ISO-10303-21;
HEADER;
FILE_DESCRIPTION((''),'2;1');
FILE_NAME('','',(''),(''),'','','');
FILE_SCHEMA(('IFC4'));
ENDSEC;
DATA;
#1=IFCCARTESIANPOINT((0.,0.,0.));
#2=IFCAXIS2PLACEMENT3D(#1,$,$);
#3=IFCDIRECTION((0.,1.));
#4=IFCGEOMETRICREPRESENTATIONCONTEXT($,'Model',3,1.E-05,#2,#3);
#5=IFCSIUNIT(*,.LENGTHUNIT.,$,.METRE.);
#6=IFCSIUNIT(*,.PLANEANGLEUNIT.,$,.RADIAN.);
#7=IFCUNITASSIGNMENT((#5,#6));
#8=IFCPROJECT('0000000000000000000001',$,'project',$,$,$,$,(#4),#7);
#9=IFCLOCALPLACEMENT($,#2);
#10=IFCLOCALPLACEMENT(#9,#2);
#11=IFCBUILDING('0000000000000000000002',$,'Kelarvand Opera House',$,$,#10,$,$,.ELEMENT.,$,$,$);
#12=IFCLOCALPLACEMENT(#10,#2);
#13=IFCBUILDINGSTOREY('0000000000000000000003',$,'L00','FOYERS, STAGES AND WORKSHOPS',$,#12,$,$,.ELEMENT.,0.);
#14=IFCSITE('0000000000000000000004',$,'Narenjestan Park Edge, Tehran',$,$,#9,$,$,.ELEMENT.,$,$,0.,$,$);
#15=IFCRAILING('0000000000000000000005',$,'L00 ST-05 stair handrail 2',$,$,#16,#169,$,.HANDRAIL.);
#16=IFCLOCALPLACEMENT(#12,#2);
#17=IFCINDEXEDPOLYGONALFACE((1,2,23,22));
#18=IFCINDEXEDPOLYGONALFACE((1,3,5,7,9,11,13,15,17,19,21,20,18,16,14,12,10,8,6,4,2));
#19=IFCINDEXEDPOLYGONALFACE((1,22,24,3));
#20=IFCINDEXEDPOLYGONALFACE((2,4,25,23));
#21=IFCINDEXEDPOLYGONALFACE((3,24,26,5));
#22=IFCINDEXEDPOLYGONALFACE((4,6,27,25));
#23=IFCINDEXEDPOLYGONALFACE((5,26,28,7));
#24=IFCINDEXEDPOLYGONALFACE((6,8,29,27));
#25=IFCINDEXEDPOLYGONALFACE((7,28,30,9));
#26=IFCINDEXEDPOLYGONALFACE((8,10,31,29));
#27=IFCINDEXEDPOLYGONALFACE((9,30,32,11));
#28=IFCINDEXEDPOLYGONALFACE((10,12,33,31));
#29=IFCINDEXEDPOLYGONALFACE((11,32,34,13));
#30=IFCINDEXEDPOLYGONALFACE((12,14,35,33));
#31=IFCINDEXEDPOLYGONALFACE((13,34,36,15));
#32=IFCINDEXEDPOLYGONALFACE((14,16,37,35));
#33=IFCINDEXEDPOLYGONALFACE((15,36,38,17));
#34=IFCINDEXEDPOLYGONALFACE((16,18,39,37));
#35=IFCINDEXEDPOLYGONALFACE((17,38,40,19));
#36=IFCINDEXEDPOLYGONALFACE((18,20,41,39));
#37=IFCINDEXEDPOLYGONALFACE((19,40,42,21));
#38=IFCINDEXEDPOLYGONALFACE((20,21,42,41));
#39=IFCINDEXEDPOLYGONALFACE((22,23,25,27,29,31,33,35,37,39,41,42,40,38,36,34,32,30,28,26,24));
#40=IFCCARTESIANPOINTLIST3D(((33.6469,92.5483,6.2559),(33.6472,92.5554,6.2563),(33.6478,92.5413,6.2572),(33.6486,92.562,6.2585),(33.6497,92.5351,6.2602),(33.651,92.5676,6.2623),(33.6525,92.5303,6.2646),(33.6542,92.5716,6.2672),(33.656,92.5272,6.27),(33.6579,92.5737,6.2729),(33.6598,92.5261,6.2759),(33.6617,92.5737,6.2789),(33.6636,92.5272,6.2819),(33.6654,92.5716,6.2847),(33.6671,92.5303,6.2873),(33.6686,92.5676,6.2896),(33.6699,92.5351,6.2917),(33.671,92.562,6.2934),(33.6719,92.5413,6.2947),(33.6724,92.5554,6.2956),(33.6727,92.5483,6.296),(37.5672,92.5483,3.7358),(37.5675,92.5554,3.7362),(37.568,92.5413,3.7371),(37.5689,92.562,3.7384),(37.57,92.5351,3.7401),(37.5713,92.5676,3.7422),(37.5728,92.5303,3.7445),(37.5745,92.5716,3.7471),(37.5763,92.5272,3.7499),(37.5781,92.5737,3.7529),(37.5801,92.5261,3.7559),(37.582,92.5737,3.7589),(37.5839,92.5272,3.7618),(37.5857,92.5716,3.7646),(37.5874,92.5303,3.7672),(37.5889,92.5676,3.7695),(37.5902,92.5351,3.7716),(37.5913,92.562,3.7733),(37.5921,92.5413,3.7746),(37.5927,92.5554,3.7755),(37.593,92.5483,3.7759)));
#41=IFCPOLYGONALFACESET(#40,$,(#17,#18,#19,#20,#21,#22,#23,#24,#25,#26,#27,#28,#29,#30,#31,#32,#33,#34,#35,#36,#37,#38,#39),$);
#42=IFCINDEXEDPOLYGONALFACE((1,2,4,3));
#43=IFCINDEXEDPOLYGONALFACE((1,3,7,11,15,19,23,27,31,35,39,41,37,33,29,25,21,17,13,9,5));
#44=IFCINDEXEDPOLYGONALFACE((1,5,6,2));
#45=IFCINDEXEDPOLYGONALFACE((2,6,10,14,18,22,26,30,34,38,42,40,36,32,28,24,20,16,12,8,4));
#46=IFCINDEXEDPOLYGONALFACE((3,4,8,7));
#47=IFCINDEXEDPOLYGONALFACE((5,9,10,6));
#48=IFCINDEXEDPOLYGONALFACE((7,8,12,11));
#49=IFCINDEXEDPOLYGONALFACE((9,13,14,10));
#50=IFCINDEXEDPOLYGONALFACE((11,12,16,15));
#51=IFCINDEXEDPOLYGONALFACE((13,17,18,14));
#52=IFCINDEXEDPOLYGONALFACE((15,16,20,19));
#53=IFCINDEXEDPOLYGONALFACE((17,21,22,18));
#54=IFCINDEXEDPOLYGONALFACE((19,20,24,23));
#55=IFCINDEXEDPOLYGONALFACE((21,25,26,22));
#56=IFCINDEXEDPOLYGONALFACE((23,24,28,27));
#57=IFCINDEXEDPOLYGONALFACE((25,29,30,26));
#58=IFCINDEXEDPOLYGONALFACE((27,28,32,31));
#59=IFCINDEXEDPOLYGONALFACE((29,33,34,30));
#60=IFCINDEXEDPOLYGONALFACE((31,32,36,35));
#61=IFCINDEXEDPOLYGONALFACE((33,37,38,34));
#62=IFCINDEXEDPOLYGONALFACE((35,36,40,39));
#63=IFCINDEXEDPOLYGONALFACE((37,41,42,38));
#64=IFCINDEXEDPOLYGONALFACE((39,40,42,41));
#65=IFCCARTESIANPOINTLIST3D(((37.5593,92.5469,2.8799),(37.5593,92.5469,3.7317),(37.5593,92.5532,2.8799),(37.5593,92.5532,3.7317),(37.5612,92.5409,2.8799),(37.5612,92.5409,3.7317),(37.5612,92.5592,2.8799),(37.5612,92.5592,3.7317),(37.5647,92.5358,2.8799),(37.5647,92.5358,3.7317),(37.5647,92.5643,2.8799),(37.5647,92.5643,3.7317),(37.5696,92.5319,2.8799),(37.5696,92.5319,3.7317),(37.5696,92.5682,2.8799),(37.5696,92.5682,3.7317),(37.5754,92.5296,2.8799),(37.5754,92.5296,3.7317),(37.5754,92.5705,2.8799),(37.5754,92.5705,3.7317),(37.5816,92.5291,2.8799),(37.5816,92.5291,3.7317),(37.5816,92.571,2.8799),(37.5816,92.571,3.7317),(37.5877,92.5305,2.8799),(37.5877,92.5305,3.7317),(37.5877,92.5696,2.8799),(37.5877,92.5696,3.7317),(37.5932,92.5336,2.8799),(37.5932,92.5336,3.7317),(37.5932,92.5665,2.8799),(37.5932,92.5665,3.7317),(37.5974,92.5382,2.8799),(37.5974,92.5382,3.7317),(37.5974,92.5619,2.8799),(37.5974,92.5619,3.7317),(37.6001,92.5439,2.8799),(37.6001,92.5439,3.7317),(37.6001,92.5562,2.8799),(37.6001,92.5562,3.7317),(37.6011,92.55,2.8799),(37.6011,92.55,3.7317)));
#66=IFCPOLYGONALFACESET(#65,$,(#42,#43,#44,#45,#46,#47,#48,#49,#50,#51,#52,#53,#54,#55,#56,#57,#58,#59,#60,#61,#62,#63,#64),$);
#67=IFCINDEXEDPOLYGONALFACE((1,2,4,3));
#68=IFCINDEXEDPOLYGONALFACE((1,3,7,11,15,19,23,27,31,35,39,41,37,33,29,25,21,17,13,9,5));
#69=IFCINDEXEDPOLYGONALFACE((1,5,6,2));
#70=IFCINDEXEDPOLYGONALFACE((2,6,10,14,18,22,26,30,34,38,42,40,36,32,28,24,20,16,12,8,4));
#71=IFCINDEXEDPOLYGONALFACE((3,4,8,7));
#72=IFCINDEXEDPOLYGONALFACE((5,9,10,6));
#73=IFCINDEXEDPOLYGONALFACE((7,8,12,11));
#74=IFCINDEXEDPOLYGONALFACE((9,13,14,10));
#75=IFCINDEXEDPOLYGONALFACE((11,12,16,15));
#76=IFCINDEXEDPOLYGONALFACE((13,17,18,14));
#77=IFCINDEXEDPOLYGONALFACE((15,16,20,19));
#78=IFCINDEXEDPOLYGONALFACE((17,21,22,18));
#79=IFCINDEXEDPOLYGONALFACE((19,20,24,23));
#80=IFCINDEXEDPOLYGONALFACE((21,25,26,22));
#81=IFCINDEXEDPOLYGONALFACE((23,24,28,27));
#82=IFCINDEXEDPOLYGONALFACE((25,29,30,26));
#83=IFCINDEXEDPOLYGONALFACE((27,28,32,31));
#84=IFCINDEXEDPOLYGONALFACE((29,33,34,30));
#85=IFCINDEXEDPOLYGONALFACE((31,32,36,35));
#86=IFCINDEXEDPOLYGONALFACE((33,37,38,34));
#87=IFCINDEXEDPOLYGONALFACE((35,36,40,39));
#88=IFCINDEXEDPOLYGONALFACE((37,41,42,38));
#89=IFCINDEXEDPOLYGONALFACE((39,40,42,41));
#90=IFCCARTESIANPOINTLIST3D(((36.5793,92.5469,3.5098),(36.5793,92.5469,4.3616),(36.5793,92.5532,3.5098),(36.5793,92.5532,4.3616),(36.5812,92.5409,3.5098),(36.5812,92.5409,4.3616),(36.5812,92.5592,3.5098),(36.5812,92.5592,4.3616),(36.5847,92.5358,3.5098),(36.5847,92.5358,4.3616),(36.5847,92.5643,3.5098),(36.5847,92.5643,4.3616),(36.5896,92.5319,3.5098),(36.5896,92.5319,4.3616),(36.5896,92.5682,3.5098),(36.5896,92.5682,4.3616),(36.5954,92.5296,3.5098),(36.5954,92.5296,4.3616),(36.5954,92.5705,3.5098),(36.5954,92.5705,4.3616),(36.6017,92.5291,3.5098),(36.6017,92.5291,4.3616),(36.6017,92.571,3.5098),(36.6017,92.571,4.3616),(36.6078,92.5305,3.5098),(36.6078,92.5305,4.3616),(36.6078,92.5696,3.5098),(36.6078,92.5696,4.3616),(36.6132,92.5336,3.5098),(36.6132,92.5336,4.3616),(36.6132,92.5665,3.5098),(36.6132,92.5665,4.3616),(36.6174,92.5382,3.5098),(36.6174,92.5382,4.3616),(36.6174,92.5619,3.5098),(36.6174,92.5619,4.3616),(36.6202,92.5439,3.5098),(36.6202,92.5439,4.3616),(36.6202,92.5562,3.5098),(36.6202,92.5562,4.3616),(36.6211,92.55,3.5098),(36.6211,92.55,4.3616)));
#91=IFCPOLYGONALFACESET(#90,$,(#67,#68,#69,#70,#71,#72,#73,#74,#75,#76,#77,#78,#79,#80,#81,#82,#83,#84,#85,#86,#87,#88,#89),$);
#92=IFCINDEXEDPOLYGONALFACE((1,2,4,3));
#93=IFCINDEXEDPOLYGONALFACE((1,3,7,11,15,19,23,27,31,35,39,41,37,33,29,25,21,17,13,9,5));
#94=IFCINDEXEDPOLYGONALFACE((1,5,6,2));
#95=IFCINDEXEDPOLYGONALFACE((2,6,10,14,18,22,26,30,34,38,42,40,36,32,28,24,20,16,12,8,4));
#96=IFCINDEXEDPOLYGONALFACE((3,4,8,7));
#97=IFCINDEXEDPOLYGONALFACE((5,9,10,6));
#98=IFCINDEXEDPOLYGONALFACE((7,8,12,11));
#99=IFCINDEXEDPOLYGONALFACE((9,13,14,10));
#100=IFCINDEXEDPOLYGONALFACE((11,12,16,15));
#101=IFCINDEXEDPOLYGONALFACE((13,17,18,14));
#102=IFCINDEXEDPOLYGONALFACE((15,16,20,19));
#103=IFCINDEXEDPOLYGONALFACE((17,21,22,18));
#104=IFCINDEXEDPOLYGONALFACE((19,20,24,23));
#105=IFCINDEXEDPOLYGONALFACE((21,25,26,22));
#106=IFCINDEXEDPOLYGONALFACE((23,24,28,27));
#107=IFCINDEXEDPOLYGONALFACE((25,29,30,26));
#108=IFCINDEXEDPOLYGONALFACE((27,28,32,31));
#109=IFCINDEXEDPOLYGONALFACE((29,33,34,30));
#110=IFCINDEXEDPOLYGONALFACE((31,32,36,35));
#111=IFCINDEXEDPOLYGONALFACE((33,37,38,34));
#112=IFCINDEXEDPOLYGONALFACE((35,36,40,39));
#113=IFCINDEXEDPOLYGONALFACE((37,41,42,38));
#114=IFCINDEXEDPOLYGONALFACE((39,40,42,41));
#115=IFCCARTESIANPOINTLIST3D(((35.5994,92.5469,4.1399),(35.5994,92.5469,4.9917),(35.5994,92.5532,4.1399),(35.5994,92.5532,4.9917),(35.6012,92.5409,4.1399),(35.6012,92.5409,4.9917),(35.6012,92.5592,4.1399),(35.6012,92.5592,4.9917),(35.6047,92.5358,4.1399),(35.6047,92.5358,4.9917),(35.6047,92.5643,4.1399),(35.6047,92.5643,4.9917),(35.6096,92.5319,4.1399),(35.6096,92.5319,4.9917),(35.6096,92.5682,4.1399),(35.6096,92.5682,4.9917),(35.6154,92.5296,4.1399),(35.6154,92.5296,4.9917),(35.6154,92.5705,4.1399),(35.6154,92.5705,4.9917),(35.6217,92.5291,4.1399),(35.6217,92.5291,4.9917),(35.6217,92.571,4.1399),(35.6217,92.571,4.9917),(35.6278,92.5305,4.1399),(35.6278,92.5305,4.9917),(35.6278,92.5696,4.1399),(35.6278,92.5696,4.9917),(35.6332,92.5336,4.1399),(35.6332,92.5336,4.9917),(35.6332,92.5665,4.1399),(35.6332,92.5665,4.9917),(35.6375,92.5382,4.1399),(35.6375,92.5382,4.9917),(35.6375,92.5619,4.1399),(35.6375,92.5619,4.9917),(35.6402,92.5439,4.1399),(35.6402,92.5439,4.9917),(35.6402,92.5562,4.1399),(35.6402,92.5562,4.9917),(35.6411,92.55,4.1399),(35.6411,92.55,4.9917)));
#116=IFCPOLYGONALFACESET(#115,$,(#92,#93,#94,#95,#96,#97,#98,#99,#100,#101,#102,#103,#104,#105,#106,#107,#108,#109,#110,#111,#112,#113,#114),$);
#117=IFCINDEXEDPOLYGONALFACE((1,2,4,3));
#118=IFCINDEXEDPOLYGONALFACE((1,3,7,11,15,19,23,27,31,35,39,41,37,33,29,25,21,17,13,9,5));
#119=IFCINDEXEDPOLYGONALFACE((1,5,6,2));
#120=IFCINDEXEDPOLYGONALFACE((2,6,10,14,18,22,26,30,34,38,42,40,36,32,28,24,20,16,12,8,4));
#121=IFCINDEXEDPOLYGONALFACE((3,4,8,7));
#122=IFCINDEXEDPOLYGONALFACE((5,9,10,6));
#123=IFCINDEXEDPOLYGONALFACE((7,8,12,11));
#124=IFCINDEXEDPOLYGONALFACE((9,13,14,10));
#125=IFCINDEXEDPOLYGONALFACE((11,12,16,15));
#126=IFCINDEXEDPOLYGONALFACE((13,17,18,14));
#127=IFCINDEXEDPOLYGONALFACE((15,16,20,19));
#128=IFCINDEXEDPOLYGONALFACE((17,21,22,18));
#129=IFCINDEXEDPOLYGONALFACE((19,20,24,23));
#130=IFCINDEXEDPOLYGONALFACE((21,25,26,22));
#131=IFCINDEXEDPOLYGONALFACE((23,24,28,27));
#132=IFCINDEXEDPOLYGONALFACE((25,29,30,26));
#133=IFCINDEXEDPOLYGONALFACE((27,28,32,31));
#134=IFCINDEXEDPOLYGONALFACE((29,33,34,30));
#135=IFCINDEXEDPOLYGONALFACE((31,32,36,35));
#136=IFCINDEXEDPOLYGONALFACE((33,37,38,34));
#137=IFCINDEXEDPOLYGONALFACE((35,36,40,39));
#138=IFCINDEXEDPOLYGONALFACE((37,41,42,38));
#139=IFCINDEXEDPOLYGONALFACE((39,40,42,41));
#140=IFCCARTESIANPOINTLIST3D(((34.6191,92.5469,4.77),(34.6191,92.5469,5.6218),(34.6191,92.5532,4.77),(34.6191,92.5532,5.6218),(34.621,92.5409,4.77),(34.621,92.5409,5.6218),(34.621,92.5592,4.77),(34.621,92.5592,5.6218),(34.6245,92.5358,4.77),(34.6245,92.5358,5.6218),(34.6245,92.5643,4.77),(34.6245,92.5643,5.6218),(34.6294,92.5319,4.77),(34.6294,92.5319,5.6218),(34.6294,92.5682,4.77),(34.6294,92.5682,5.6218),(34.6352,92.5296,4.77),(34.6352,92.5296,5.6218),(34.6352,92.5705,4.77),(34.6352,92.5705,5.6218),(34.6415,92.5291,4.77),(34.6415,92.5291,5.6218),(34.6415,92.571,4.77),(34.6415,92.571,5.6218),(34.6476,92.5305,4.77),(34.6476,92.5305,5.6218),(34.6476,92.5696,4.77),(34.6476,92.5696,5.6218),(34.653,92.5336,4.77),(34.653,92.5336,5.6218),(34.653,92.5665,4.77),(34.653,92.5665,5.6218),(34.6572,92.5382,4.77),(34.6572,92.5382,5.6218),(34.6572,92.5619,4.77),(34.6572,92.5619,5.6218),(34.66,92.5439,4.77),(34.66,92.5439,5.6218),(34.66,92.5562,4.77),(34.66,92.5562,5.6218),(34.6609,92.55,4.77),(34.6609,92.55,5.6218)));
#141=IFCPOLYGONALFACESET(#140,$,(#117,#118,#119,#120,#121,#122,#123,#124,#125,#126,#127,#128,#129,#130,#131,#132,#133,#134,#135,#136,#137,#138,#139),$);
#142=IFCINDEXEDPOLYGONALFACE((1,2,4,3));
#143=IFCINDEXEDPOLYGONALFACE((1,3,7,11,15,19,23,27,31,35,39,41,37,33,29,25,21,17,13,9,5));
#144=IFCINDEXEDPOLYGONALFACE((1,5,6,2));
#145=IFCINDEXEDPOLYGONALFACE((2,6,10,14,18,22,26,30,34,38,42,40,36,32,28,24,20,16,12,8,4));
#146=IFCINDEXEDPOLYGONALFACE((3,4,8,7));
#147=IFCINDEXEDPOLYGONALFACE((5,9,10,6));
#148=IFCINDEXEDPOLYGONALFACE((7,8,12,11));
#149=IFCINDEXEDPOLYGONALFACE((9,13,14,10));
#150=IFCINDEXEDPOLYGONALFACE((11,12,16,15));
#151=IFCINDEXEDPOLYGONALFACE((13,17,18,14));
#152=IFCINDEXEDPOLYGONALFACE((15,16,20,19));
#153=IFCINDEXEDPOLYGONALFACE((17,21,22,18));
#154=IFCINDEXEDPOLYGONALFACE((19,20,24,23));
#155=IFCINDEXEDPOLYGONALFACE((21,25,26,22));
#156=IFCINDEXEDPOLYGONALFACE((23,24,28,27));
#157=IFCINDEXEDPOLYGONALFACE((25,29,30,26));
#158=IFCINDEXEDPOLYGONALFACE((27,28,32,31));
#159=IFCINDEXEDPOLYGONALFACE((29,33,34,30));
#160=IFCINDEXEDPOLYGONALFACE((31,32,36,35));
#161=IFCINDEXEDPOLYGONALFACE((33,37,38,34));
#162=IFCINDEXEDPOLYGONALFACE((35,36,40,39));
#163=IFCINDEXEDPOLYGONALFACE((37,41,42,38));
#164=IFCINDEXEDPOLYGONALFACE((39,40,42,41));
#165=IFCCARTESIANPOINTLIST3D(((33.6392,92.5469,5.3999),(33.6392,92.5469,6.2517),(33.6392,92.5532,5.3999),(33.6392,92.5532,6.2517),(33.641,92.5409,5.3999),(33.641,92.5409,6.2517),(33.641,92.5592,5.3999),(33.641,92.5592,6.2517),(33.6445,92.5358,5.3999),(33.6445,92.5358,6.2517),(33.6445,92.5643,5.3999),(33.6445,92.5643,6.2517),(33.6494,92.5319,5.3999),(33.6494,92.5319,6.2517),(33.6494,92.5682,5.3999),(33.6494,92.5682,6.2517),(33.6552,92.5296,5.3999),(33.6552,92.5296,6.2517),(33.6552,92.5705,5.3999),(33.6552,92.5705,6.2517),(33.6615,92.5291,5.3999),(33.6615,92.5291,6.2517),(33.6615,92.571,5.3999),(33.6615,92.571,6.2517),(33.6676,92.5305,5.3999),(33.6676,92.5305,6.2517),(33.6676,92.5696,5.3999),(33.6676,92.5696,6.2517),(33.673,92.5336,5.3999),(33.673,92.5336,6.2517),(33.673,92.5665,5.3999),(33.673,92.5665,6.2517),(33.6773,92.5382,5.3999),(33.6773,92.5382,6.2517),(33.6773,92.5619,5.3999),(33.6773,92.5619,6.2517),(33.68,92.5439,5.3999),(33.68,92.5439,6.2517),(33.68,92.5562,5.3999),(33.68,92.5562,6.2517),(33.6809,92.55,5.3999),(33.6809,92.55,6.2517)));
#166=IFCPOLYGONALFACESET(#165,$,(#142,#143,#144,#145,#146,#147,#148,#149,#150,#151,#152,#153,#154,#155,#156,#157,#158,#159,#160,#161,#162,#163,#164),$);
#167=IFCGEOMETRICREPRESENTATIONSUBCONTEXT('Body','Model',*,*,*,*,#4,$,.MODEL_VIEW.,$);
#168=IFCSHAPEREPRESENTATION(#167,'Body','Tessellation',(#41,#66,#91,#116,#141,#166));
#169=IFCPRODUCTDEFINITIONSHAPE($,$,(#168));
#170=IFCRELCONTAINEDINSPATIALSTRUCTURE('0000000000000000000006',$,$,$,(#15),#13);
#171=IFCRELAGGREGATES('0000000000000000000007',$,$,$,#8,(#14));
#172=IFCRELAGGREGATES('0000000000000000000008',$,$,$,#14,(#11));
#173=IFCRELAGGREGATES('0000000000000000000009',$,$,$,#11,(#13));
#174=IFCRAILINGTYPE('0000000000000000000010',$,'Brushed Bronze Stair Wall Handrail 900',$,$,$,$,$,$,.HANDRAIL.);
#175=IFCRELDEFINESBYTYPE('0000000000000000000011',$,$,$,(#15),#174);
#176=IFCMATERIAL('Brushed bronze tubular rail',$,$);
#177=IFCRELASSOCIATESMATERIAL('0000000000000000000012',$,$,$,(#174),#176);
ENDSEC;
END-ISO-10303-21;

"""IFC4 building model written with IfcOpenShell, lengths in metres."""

from ifc_helpers import new_model, si_unit, direction, frame, origin, origin_2d, place, context, subcontext, project, spatial, circle, extrude, material, type_object, element, save


model = new_model("IFC4")

# Units and contexts
model_context = context("Model", 3, precision=1e-05, world=origin(), true_north=direction((0.0, 1.0)))
body_context = subcontext(model_context, "Body", "Model", "MODEL_VIEW")
ifc_project = project(units=[si_unit("LENGTHUNIT", "METRE"), si_unit("PLANEANGLEUNIT", "RADIAN")], contexts=[model_context])

# Site, building, storey
site_placement = place(None, origin())
site = spatial("IfcSite", under=ifc_project, at=site_placement, Name="Narenjestan Park Edge, Tehran", CompositionType="ELEMENT", RefElevation=0.0)
building_placement = place(site_placement, origin())
building = spatial("IfcBuilding", under=site, at=building_placement, Name="Kelarvand Opera House", CompositionType="ELEMENT")
storey_placement = place(building_placement, origin())
storey = spatial("IfcBuildingStorey", under=building, at=storey_placement, Name="L00", Description="FOYERS, STAGES AND WORKSHOPS", CompositionType="ELEMENT", Elevation=0.0)

# Railing
ifc_material_1 = material(Name="Brushed bronze tubular rail")
railing_type_1 = type_object("IfcRailingType", Name="Brushed Bronze Stair Wall Handrail 900", PredefinedType="HANDRAIL", material=ifc_material_1)
railing_1_placement = place(storey_placement, frame((37.5801, 92.55, 2.8799)))
element("IfcRailing", 1, at=railing_1_placement, inside=storey, type_object=railing_type_1, Name="L00 ST-05 stair handrail 2", PredefinedType="HANDRAIL", context=body_context, shape_type="SweptSolid", body=[
    extrude(circle(Radius=0.0239, at=origin_2d()), frame((0.0, 0.0, 0.876), z_axis=(-0.841187, 0.0, 0.540744), x_axis=(0.0, -1.0, 0.0)), (0.0, 0.0, 1.0), 4.6604),
    extrude(circle(Radius=0.021, at=origin_2d()), origin(), (0.0, 0.0, 1.0), 0.8518),
    extrude(circle(Radius=0.021, at=origin_2d()), frame((-0.98, 0.0, 0.6299)), (0.0, 0.0, 1.0), 0.8518),
    extrude(circle(Radius=0.021, at=origin_2d()), frame((-1.96, 0.0, 1.26)), (0.0, 0.0, 1.0), 0.8518),
    extrude(circle(Radius=0.021, at=origin_2d()), frame((-2.9402, 0.0, 1.8901)), (0.0, 0.0, 1.0), 0.8518),
    extrude(circle(Radius=0.021, at=origin_2d()), frame((-3.9202, 0.0, 2.52)), (0.0, 0.0, 1.0), 0.8518),
])

save(model, "model.ifc")
